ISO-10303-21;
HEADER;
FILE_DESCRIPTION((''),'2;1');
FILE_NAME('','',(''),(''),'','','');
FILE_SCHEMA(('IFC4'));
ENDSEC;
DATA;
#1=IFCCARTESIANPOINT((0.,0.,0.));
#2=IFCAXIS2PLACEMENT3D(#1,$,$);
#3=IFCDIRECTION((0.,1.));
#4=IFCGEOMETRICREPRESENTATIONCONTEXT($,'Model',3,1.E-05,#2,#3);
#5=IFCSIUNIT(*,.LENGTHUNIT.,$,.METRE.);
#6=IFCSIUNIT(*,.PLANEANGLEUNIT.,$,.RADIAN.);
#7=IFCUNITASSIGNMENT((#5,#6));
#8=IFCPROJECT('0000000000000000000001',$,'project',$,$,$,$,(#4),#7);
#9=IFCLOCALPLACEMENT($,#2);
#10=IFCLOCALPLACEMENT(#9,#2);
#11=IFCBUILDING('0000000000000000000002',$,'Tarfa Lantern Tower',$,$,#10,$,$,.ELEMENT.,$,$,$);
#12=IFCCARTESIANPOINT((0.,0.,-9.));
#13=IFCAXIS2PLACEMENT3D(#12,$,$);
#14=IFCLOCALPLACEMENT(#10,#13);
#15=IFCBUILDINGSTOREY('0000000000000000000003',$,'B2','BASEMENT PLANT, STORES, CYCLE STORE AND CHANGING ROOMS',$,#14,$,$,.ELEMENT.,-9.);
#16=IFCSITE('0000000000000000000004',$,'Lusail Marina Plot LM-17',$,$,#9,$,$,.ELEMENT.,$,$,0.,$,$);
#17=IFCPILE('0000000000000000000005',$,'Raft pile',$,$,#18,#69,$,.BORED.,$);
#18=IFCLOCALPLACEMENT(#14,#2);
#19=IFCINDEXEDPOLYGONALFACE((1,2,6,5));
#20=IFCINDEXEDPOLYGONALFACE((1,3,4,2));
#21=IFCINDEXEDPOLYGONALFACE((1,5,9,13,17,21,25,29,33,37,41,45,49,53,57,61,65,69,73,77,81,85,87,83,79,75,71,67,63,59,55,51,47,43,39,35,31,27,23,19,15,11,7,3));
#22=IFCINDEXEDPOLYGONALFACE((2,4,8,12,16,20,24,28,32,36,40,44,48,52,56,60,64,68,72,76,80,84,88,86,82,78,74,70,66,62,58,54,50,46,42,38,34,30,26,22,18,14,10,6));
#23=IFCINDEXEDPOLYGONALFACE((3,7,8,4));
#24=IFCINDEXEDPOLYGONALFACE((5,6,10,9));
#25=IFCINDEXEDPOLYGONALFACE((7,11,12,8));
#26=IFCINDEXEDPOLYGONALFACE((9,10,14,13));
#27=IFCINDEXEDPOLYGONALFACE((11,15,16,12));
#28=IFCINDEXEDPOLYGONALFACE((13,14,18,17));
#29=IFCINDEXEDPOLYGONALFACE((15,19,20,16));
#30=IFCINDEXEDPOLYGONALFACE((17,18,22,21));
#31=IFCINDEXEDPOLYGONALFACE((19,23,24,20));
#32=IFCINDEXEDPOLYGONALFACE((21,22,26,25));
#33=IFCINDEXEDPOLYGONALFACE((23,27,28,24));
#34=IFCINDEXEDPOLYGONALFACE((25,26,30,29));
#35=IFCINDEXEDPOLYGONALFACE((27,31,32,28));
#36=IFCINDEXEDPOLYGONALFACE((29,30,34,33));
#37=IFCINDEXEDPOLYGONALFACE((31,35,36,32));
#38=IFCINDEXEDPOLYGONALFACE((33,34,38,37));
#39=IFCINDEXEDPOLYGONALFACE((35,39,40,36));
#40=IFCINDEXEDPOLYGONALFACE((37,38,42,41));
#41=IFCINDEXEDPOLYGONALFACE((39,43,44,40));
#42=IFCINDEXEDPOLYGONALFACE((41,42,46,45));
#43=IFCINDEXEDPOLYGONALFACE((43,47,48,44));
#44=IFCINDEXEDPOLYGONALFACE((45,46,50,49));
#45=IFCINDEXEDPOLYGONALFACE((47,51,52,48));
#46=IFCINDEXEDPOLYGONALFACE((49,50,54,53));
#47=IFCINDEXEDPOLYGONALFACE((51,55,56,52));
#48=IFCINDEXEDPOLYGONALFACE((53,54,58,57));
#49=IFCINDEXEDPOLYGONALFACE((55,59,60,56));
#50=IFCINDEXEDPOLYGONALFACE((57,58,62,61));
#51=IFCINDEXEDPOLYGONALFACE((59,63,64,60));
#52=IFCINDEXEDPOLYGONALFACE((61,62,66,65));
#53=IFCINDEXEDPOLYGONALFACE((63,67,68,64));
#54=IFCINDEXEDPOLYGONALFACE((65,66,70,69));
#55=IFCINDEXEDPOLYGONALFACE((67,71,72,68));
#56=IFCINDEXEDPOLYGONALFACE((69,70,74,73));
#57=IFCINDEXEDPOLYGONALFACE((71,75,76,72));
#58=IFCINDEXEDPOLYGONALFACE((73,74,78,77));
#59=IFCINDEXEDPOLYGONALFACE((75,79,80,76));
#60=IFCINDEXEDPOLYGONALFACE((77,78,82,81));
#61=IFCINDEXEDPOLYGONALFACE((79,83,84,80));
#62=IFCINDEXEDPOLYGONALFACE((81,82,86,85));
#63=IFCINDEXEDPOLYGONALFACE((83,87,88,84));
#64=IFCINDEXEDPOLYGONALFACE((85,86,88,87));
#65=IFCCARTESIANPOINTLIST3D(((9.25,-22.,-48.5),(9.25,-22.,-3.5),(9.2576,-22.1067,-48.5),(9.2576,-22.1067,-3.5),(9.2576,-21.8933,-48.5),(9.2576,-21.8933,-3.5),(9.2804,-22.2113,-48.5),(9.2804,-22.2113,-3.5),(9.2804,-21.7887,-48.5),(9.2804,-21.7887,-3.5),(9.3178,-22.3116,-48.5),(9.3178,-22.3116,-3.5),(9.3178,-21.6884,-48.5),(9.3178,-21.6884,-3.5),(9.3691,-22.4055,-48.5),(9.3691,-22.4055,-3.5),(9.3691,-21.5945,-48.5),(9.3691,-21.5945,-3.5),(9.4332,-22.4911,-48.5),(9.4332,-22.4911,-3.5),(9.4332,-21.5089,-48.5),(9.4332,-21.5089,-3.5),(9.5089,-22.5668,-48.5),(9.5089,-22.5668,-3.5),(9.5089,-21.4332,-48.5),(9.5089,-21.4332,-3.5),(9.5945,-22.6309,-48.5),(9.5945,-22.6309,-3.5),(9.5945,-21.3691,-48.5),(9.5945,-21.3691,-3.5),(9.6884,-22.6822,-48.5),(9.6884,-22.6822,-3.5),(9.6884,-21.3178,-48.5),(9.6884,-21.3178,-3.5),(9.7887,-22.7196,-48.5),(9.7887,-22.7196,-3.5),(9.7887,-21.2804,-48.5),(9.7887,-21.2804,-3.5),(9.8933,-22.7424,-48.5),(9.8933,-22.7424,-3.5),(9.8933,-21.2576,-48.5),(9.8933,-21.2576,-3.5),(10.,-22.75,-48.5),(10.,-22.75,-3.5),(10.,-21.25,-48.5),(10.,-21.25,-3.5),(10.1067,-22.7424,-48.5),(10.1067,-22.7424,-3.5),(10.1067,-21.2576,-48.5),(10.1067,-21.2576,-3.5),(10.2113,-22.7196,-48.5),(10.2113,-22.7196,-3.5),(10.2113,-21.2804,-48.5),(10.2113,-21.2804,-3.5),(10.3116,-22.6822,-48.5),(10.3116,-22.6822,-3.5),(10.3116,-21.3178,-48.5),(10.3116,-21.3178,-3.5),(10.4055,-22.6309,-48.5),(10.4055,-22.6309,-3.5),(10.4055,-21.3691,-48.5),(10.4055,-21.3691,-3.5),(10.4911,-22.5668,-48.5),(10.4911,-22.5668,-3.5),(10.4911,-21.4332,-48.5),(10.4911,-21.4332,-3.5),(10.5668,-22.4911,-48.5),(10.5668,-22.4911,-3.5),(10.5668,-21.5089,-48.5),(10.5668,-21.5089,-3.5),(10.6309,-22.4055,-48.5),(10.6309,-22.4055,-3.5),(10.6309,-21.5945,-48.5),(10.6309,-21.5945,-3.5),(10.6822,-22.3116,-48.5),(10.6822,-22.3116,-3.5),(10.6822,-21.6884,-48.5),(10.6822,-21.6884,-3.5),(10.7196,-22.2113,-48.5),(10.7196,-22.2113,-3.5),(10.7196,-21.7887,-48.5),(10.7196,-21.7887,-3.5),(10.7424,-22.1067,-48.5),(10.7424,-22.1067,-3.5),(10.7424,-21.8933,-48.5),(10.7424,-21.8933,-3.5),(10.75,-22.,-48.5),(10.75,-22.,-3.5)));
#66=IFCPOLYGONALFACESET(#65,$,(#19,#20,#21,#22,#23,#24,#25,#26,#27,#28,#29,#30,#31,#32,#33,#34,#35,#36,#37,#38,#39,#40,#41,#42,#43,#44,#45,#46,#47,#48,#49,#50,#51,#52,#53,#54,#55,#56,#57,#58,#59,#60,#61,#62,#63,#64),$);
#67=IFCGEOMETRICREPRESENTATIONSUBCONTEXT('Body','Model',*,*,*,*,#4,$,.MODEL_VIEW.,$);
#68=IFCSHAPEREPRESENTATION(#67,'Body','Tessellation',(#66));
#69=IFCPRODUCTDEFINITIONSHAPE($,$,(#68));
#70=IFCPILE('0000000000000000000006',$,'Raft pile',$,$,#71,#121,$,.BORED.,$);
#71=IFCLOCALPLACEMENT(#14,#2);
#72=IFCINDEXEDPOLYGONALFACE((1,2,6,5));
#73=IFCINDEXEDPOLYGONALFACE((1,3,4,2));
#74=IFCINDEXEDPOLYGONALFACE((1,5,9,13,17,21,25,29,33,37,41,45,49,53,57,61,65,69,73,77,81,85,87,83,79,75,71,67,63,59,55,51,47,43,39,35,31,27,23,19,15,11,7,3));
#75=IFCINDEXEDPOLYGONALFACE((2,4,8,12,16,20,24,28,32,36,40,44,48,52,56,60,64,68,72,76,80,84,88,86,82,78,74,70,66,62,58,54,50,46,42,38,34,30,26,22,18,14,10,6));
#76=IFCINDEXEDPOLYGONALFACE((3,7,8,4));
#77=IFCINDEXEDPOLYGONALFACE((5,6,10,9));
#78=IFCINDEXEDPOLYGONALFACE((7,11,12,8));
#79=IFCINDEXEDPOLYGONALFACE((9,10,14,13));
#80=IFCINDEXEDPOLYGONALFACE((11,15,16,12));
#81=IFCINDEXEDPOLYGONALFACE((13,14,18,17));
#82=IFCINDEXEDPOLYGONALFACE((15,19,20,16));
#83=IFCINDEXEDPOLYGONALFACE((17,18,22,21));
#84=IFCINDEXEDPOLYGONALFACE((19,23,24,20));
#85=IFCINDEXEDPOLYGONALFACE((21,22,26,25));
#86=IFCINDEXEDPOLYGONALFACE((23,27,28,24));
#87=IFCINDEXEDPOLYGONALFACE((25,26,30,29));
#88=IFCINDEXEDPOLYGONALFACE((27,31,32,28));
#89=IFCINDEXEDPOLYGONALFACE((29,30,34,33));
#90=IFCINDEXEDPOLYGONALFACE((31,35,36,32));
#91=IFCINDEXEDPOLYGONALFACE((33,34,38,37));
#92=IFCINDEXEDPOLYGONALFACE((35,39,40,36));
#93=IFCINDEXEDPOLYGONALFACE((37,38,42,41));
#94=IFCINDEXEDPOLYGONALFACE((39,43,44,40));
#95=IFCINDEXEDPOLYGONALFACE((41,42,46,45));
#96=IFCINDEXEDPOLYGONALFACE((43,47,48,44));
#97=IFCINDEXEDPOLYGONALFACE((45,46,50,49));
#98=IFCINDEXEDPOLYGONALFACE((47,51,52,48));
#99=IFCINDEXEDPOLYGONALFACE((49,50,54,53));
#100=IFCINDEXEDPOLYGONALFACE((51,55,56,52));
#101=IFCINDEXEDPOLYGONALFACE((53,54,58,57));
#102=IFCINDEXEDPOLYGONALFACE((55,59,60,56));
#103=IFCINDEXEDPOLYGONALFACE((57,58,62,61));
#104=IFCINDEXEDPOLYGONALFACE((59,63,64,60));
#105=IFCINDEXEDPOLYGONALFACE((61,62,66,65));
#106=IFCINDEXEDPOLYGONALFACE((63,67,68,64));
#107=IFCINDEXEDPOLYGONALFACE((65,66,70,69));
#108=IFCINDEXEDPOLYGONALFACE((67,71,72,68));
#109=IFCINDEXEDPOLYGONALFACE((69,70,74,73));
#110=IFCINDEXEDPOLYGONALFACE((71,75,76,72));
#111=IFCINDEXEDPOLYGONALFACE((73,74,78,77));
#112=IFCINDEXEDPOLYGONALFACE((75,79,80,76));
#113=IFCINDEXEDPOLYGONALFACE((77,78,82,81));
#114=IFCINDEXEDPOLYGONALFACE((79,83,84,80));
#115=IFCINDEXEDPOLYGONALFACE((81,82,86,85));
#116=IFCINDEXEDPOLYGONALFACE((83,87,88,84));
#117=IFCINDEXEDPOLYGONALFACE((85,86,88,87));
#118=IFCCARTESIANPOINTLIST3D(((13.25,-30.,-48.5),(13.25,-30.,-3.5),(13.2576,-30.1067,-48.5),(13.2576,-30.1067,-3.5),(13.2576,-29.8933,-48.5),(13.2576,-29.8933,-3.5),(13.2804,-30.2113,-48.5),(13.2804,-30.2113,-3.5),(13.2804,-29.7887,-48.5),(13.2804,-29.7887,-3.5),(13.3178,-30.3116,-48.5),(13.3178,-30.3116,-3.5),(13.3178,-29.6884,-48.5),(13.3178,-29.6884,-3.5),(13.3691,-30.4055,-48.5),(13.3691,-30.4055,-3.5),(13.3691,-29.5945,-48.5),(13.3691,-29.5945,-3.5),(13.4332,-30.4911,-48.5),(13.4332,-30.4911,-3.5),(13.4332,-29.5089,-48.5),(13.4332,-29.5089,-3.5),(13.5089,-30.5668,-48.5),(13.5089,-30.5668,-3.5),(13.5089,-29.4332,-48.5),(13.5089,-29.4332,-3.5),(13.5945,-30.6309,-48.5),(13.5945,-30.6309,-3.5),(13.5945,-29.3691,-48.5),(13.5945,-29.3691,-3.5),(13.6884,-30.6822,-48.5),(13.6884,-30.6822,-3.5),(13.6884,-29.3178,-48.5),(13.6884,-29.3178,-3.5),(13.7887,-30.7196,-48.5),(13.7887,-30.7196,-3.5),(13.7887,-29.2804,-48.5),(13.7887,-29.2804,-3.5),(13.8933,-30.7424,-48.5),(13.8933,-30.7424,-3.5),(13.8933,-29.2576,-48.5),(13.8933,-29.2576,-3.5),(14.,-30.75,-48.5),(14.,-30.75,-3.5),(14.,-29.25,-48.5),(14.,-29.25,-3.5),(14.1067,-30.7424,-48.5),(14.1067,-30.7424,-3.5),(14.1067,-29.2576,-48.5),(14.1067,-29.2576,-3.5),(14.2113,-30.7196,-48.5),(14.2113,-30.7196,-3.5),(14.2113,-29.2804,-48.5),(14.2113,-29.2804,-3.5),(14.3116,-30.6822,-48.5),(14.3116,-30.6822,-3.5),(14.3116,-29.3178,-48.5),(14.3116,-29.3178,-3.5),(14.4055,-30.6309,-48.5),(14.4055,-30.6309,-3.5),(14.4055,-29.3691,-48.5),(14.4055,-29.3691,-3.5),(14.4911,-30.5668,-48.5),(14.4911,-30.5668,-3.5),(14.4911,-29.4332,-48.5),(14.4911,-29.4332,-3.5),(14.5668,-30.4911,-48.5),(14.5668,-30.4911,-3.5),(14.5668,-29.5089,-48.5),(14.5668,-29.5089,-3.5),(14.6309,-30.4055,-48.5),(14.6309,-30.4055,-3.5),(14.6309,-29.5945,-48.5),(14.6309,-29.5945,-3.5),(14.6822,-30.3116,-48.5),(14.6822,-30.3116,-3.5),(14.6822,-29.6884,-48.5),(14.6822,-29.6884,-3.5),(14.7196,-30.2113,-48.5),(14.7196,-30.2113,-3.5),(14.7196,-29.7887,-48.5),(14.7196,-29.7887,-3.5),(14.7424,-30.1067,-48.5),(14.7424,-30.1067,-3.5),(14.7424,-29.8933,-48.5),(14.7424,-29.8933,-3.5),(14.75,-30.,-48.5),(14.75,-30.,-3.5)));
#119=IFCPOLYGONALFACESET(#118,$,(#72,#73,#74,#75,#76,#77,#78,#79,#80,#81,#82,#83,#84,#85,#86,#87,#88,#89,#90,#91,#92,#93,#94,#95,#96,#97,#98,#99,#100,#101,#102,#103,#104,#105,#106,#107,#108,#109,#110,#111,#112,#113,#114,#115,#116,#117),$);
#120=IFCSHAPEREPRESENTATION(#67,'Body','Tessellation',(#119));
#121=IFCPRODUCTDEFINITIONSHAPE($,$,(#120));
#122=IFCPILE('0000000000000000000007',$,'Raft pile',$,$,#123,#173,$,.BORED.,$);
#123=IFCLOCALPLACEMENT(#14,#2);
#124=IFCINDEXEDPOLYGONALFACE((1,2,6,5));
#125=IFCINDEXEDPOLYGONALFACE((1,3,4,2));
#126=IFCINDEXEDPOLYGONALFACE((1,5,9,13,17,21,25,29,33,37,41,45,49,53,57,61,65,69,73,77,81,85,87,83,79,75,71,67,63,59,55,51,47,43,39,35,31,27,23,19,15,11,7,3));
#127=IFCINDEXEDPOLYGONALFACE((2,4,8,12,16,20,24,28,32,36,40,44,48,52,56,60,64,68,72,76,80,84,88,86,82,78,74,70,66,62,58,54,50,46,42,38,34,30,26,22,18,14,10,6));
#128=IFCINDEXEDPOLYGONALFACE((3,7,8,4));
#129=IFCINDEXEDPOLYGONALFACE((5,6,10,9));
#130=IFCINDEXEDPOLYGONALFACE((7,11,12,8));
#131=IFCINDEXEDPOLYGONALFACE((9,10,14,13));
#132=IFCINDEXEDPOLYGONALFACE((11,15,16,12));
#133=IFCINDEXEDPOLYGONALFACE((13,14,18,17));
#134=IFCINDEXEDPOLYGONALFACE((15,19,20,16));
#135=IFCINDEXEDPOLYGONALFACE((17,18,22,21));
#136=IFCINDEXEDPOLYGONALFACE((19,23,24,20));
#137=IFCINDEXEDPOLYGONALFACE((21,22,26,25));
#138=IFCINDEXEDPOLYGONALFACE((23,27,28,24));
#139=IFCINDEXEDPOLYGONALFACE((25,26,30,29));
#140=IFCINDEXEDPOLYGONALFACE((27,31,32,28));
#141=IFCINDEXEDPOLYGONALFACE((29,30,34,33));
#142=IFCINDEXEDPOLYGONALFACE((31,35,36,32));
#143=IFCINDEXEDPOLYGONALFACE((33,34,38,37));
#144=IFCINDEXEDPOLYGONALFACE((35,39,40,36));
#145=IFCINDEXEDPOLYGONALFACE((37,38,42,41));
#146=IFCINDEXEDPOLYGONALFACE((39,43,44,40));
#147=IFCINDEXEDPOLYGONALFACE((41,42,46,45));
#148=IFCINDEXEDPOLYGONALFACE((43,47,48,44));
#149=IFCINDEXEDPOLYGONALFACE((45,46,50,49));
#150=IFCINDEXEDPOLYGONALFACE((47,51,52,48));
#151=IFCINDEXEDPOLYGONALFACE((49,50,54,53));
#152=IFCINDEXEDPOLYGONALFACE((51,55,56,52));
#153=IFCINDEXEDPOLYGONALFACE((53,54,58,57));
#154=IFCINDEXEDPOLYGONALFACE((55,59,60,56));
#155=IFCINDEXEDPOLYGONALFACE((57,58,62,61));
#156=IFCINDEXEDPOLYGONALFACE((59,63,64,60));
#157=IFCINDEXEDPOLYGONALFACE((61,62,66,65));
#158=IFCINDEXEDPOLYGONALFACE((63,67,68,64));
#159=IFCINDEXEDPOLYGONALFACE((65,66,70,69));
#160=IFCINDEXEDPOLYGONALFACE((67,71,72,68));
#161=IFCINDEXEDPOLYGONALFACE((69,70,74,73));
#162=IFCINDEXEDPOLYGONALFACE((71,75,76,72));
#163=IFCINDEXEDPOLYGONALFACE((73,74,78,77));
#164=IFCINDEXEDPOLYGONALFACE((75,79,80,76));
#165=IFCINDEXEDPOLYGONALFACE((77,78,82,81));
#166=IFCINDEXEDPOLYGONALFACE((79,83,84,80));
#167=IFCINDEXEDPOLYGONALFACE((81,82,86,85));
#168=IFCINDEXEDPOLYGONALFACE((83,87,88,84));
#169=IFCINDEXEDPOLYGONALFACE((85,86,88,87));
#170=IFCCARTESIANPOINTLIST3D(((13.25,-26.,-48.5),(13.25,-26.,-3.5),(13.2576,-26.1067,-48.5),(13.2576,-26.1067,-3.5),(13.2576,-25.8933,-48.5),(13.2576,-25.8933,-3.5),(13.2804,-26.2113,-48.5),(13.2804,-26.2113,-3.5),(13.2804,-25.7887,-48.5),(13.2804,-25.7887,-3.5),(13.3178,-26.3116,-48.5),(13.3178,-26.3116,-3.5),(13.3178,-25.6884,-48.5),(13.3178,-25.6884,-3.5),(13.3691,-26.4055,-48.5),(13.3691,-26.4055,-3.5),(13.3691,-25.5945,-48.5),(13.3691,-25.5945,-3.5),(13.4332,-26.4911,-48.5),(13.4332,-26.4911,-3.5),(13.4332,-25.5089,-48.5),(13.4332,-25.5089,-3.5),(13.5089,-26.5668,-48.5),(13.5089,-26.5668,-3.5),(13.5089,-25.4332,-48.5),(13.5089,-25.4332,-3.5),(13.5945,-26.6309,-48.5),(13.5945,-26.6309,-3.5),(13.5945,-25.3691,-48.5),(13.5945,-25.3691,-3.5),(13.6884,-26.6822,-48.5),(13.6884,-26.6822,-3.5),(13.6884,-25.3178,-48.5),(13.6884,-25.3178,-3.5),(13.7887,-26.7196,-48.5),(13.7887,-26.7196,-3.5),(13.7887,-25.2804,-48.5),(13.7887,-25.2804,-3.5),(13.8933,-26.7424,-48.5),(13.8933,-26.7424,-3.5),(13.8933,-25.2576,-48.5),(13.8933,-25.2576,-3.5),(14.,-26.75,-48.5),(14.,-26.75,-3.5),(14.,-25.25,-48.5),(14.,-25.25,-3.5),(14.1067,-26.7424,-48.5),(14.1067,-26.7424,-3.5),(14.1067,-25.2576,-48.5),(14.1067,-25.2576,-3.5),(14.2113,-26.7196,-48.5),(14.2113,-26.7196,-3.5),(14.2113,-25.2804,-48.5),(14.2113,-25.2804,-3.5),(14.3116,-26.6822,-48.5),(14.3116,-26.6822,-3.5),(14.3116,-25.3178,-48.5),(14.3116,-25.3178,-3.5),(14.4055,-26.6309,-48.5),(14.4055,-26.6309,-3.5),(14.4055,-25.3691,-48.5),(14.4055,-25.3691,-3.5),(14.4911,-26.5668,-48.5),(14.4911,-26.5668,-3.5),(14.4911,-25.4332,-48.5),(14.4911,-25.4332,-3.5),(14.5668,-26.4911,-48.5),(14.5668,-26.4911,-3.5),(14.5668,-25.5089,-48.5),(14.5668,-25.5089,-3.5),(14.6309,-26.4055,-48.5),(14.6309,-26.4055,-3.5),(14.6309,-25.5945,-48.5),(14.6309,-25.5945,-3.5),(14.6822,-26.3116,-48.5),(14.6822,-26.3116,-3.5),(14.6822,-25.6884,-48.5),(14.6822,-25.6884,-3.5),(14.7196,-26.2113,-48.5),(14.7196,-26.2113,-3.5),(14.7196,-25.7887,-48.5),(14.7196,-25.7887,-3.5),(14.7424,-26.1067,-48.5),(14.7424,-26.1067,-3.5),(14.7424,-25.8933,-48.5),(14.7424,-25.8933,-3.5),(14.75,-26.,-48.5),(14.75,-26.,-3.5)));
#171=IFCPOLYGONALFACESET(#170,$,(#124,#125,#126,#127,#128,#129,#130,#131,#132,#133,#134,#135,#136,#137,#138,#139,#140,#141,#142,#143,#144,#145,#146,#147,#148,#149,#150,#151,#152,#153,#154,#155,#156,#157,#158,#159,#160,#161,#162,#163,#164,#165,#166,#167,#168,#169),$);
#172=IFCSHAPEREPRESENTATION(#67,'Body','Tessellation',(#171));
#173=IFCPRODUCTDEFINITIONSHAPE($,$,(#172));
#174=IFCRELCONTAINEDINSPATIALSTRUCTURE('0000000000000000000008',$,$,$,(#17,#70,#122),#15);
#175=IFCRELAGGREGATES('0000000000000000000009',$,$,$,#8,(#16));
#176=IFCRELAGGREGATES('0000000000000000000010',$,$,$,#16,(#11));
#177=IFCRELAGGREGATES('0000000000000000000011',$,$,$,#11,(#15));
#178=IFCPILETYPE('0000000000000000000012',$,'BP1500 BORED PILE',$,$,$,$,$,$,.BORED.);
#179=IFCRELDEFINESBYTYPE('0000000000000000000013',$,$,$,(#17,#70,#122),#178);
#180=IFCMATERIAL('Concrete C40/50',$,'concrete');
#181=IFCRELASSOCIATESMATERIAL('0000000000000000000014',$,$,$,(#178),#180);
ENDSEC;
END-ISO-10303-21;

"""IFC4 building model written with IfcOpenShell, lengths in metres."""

from ifc_helpers import new_model, si_unit, direction, frame, origin, origin_2d, place, context, subcontext, project, spatial, circle, extrude, material, material_profile, profile_set, type_object, element, save


model = new_model("IFC4")

# Units and contexts
model_context = context("Model", 3, precision=1e-05, world=origin(), true_north=direction((0.0, 1.0)))
body_context = subcontext(model_context, "Body", "Model", "MODEL_VIEW")
ifc_project = project(units=[si_unit("LENGTHUNIT", "METRE"), si_unit("PLANEANGLEUNIT", "RADIAN")], contexts=[model_context])

# Site, building, storey
site_placement = place(None, origin())
site = spatial("IfcSite", under=ifc_project, at=site_placement, Name="Lusail Marina Plot LM-17", CompositionType="ELEMENT", RefElevation=0.0)
building_placement = place(site_placement, origin())
building = spatial("IfcBuilding", under=site, at=building_placement, Name="Tarfa Lantern Tower", CompositionType="ELEMENT")
storey_placement = place(building_placement, frame((0.0, 0.0, -9.0)))
storey = spatial("IfcBuildingStorey", under=building, at=storey_placement, Name="B2", Description="BASEMENT PLANT, STORES, CYCLE STORE AND CHANGING ROOMS", CompositionType="ELEMENT", Elevation=-9.0)

# Piles
ifc_material_1 = material(Name="Concrete C40/50", Category="concrete")
ifc_material_profile_1 = material_profile(ifc_material_1, circle(Radius=0.75, at=origin_2d()), Name="BORED PILE D1500")
ifc_profile_set_1 = profile_set([ifc_material_profile_1], Name="Concrete C40/50")
pile_type = type_object("IfcPileType", Name="BP1500 BORED PILE", PredefinedType="BORED", material=ifc_profile_set_1)
for number, where, z_axis, x_axis, name in (
    (1, (10.0, -22.0, -3.5), (0.0, 0.0, -1.0), (1.0, 0.0, 0.0), "Raft pile"),
    (2, (14.0, -30.0, -3.5), (0.0, 0.0, -1.0), (1.0, 0.0, 0.0), "Raft pile"),
    (3, (14.0, -26.0, -3.5), (0.0, 0.0, -1.0), (1.0, 0.0, 0.0), "Raft pile"),
):
    element("IfcPile", number, at=place(storey_placement, frame(where, z_axis=z_axis, x_axis=x_axis)), inside=storey, type_object=pile_type, Name=name, PredefinedType="BORED", context=body_context, shape_type="SweptSolid", body=[
        extrude(circle(Radius=0.75, at=origin_2d()), origin(), (0.0, 0.0, 1.0), 45.0),
    ])

save(model, "model.ifc")
